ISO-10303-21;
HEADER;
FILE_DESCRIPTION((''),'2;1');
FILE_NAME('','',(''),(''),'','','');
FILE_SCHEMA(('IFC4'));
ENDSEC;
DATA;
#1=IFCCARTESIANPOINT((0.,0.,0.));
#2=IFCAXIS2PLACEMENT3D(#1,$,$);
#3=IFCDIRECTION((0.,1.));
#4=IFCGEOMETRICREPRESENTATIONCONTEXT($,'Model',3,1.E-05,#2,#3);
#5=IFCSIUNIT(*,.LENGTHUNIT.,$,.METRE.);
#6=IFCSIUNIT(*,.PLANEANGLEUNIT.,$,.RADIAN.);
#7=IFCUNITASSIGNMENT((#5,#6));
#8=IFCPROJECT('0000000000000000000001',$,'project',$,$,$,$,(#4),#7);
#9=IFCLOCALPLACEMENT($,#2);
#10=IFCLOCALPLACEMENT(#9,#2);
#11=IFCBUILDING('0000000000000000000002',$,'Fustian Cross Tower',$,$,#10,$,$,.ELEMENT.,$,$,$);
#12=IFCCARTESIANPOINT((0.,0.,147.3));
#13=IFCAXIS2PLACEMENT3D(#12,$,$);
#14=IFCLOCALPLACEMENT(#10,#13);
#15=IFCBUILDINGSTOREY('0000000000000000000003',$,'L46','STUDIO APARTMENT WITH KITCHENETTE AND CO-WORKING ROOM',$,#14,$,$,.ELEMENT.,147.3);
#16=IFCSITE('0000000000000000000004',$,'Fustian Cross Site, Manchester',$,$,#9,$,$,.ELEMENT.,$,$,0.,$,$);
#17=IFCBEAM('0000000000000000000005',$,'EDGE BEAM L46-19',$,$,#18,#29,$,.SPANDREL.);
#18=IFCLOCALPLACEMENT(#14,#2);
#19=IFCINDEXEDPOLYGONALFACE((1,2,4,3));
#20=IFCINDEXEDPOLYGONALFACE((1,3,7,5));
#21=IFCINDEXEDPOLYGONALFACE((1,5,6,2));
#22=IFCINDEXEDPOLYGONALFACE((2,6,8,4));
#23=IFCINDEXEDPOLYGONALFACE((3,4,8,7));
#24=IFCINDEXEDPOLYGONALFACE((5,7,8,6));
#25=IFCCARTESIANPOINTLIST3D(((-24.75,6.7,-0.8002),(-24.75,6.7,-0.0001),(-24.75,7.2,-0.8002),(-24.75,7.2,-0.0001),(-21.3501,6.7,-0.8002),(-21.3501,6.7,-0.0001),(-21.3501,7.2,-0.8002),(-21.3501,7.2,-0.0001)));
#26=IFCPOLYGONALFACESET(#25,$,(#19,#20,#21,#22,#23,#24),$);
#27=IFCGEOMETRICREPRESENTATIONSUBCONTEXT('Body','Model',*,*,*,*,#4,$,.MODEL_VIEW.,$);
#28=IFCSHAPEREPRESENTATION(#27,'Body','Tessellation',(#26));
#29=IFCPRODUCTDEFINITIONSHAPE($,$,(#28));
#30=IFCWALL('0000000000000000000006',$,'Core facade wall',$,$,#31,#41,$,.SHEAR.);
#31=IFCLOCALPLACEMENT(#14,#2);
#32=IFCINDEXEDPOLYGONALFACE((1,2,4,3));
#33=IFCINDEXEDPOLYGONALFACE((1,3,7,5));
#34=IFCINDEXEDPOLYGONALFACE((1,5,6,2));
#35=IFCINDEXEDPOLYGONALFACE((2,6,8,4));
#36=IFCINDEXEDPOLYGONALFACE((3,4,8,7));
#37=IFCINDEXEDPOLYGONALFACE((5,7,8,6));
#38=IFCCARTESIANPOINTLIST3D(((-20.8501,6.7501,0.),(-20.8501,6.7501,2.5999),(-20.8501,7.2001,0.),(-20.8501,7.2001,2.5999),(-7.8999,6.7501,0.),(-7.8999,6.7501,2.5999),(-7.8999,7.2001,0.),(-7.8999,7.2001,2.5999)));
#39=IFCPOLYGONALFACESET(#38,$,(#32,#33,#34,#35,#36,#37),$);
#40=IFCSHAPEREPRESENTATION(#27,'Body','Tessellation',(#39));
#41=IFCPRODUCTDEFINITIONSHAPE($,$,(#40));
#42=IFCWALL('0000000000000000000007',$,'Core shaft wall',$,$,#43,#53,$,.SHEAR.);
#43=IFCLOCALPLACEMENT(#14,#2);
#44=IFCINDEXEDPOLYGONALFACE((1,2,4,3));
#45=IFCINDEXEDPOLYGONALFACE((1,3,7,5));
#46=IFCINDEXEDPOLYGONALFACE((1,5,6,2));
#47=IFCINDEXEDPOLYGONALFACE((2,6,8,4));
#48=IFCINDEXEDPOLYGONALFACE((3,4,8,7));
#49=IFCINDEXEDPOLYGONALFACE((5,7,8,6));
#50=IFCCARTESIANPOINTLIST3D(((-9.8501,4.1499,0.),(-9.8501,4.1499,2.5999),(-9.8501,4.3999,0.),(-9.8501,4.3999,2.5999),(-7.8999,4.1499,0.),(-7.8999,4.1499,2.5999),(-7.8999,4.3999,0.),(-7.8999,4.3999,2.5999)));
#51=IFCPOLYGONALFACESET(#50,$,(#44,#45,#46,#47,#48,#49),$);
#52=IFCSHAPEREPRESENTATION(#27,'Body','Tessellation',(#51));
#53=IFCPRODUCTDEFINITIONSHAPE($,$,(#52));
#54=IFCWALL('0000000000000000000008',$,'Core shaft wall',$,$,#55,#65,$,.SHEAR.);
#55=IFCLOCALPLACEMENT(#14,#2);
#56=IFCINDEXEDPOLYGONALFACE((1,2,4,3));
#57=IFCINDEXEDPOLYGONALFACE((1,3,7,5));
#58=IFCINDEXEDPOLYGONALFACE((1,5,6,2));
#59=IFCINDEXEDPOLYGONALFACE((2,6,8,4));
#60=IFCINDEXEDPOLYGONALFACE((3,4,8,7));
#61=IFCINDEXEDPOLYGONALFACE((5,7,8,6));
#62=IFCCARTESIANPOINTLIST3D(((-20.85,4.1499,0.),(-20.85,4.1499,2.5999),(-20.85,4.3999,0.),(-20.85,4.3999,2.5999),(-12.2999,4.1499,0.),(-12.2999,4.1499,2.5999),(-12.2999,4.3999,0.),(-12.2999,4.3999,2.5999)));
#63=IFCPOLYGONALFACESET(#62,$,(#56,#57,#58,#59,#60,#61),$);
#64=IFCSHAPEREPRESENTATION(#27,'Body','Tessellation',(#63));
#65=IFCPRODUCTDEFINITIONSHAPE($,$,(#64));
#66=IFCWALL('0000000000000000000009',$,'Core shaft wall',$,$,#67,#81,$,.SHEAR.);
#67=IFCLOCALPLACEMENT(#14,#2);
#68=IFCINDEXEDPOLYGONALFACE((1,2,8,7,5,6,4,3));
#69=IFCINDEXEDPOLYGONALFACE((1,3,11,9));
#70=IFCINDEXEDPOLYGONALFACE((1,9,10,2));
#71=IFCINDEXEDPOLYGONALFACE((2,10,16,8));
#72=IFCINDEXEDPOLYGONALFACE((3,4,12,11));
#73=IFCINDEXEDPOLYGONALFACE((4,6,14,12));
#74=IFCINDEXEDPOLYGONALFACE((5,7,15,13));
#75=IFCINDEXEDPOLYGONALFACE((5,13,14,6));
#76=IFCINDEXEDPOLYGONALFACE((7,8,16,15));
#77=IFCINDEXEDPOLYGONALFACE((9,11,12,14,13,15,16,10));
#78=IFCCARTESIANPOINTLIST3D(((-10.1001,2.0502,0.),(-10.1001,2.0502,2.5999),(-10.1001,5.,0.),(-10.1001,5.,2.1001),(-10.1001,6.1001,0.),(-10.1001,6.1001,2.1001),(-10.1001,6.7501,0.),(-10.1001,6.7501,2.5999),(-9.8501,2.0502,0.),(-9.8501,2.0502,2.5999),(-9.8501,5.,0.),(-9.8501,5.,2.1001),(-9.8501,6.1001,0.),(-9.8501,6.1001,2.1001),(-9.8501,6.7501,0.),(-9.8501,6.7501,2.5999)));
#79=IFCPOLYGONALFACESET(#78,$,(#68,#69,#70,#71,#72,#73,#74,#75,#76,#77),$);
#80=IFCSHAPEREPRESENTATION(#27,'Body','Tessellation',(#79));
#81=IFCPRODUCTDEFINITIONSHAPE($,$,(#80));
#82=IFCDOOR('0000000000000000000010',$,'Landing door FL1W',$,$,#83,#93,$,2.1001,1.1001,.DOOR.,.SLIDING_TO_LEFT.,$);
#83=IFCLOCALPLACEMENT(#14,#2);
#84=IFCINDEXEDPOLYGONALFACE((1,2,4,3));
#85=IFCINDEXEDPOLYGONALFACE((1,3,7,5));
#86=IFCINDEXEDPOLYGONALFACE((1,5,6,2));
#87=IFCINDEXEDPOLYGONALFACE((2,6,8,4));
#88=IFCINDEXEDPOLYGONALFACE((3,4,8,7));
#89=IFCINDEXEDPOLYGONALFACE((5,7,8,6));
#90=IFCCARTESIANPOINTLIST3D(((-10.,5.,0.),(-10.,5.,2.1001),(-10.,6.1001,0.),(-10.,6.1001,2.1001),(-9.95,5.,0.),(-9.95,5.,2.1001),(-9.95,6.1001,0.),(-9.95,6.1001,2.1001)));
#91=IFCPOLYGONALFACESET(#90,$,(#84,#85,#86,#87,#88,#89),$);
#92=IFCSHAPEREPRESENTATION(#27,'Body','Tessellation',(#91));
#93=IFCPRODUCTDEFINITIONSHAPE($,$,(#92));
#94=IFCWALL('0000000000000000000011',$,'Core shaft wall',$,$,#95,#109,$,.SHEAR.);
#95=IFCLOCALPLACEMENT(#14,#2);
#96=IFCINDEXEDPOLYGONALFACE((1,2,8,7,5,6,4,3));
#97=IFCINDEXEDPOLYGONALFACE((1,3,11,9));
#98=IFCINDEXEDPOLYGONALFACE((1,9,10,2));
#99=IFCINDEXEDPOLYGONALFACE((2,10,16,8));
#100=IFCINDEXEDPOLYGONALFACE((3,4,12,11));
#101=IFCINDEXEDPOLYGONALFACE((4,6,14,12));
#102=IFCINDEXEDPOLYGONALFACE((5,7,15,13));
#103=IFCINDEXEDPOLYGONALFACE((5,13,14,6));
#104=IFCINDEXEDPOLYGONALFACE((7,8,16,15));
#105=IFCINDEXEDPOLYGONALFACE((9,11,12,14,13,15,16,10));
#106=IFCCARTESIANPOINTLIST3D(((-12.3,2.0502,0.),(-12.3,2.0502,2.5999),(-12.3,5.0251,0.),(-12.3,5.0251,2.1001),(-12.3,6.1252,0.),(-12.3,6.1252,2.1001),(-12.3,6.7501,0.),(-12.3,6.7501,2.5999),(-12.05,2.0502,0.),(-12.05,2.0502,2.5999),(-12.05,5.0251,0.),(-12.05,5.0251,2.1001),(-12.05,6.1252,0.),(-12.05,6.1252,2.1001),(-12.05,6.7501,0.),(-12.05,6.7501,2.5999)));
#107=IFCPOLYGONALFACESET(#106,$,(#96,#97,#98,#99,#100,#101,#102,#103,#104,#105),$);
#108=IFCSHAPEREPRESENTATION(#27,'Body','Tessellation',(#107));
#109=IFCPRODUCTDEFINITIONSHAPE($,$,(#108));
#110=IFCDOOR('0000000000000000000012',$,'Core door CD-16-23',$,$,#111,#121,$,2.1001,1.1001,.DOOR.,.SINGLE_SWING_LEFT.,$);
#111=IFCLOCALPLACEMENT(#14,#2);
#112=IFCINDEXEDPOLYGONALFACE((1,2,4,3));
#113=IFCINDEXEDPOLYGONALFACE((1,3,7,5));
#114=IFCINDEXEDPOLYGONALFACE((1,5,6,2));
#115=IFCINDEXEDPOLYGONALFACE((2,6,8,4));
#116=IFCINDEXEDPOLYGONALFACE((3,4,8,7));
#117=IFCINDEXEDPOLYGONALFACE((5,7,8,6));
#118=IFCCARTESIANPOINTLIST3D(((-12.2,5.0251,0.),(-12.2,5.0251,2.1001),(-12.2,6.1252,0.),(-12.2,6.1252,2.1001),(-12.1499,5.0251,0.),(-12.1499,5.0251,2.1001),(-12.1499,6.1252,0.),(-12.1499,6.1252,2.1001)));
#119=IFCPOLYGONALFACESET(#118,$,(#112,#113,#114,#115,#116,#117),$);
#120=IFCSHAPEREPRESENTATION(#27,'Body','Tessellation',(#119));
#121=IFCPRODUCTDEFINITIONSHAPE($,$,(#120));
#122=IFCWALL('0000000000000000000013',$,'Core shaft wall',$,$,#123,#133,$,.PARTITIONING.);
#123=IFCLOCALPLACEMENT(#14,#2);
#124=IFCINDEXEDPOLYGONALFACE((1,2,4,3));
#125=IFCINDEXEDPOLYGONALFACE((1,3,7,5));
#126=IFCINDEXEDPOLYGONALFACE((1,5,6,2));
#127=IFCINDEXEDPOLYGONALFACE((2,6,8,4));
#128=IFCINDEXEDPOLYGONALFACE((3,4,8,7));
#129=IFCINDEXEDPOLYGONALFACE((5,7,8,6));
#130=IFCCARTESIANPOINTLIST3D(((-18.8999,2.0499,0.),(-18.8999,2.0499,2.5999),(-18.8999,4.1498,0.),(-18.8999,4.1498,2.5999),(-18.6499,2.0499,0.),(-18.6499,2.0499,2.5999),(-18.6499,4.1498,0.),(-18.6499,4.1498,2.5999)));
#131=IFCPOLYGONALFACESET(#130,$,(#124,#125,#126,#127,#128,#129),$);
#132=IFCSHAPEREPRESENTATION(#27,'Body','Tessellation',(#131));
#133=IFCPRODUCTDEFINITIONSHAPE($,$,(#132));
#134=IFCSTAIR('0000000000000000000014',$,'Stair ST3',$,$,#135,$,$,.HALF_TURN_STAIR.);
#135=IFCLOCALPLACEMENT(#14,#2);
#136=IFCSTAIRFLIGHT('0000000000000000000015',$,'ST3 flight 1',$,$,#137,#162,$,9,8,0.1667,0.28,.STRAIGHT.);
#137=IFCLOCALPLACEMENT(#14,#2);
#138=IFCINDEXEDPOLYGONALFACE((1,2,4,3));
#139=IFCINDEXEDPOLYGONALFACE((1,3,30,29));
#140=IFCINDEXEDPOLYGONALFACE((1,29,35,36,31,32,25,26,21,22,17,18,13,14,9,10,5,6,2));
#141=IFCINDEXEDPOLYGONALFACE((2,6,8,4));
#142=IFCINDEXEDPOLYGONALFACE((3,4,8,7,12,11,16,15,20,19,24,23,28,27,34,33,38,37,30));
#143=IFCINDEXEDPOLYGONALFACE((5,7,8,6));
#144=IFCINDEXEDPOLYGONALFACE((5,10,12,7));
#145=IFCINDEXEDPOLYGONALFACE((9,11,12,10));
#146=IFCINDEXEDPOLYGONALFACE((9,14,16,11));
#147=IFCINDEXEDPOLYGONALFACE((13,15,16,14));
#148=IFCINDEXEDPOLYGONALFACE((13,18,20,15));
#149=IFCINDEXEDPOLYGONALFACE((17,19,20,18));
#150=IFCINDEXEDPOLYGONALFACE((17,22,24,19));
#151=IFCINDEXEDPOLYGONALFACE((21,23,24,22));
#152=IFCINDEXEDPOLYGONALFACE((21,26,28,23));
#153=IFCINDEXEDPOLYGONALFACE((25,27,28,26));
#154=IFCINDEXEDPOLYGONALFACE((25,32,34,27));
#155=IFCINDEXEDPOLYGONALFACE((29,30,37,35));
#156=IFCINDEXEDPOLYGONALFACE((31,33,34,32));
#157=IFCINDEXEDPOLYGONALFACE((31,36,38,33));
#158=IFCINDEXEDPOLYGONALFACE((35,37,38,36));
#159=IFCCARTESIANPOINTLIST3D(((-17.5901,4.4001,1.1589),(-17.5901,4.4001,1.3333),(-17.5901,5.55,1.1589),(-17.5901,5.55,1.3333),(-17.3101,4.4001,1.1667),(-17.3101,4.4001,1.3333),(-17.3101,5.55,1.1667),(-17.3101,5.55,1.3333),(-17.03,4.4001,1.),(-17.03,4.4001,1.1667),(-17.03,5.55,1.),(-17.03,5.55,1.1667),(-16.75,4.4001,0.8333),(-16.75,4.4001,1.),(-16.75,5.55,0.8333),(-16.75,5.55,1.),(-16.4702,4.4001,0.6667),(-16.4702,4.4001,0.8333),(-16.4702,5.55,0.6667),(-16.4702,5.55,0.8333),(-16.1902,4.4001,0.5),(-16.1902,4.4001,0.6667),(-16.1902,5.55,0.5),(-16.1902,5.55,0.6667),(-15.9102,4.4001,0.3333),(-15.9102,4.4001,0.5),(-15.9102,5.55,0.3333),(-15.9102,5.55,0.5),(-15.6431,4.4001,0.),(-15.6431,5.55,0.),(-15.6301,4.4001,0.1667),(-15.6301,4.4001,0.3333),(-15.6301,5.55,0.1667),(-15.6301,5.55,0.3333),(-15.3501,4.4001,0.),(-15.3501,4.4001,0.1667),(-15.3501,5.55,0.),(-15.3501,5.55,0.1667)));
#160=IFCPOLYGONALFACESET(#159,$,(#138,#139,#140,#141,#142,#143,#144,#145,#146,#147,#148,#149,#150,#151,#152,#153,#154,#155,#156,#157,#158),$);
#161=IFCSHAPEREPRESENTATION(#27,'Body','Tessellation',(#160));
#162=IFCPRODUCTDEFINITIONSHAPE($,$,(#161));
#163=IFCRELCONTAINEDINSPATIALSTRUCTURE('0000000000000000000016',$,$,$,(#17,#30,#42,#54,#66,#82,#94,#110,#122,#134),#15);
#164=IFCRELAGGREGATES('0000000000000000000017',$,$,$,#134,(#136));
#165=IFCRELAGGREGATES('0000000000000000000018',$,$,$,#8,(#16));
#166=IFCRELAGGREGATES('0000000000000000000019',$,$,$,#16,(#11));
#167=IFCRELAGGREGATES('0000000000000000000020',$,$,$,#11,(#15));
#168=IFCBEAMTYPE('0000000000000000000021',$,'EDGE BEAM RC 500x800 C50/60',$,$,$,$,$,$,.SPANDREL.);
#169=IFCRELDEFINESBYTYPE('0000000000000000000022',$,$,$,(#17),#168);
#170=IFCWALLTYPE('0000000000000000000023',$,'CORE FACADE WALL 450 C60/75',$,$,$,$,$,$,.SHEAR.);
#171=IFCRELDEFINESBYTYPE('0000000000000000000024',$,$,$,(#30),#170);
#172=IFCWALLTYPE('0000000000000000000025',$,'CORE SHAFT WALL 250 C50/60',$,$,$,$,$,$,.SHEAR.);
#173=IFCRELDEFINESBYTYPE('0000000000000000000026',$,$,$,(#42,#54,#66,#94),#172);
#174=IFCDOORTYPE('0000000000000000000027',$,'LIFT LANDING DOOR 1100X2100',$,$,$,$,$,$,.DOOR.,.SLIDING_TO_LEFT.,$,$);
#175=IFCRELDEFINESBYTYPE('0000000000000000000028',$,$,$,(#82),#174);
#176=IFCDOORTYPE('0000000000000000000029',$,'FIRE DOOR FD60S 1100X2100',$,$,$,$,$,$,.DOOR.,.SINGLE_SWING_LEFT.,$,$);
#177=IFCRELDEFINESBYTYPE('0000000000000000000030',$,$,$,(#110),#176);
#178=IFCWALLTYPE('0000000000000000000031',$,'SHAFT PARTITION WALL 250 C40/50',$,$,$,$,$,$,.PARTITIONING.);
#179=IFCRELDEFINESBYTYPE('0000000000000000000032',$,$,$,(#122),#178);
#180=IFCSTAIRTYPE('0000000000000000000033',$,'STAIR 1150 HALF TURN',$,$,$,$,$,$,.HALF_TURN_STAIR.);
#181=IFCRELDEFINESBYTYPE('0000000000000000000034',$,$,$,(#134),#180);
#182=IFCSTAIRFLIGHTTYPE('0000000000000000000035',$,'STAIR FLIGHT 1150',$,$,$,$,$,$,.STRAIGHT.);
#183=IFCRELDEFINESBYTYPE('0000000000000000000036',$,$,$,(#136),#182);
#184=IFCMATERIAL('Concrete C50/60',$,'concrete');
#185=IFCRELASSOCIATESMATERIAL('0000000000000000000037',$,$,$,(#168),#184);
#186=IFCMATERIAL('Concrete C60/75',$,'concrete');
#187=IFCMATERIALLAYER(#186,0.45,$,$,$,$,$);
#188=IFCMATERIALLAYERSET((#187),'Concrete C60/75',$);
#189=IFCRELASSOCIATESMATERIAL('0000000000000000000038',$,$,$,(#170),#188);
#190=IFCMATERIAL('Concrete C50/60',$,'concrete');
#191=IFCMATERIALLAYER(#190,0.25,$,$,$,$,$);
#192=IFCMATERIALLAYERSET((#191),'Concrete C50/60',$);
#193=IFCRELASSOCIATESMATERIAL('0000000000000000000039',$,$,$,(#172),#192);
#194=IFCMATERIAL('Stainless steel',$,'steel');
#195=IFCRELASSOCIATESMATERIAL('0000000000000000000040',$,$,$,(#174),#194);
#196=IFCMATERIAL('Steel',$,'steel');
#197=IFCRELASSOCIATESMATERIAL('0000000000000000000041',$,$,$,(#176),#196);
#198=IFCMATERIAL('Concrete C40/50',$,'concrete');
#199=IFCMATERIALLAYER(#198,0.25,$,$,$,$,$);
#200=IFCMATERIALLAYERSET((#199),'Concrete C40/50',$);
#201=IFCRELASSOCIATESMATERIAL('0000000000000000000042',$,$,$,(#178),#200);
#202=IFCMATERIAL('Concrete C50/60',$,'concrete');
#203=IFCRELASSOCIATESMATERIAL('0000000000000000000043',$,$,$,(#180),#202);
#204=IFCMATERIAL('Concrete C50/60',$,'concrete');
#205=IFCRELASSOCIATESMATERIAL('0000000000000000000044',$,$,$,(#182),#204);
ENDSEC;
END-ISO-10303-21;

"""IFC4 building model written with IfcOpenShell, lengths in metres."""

from ifc_helpers import new_model, si_unit, direction, frame, frame_2d, origin, origin_2d, place, context, subcontext, project, spatial, polyline, rectangle, outline, extrude, material, layer, layer_set, material_profile, profile_set, type_object, element, fill, aggregate, save


model = new_model("IFC4")

# Units and contexts
model_context = context("Model", 3, precision=1e-05, world=origin(), true_north=direction((0.0, 1.0)))
body_context = subcontext(model_context, "Body", "Model", "MODEL_VIEW")
ifc_project = project(units=[si_unit("LENGTHUNIT", "METRE"), si_unit("PLANEANGLEUNIT", "RADIAN")], contexts=[model_context])

# Site, building, storey
site_placement = place(None, origin())
site = spatial("IfcSite", under=ifc_project, at=site_placement, Name="Fustian Cross Site, Manchester", CompositionType="ELEMENT", RefElevation=0.0)
building_placement = place(site_placement, origin())
building = spatial("IfcBuilding", under=site, at=building_placement, Name="Fustian Cross Tower", CompositionType="ELEMENT")
storey_placement = place(building_placement, frame((0.0, 0.0, 147.3)))
storey = spatial("IfcBuildingStorey", under=building, at=storey_placement, Name="L46", Description="STUDIO APARTMENT WITH KITCHENETTE AND CO-WORKING ROOM", CompositionType="ELEMENT", Elevation=147.3)

# Beam
ifc_material_1 = material(Name="Concrete C50/60", Category="concrete")
ifc_material_profile = material_profile(ifc_material_1, rectangle(XDim=0.5, YDim=0.8, at=origin_2d()), Name="RC 500x800")
ifc_profile_set = profile_set([ifc_material_profile], Name="Concrete C50/60")
beam_type = type_object("IfcBeamType", Name="EDGE BEAM RC 500x800 C50/60", PredefinedType="SPANDREL", material=ifc_profile_set)
beam_placement = place(storey_placement, frame((-21.3501, 6.95, -0.4001), z_axis=(-1.0, 0.0, 0.0), x_axis=(0.0, -1.0, 0.0)))
element("IfcBeam", 1, at=beam_placement, inside=storey, type_object=beam_type, Name="EDGE BEAM L46-19", PredefinedType="SPANDREL", context=body_context, shape_type="SweptSolid", body=[
    extrude(rectangle(XDim=0.5, YDim=0.8, at=origin_2d()), origin(), (0.0, 0.0, 1.0), 3.3999),
])

# Walls
ifc_material_2 = material(Name="Concrete C60/75", Category="concrete")
ifc_layer_1 = layer(ifc_material_2, 0.45)
ifc_layer_set_1 = layer_set([ifc_layer_1], Name="Concrete C60/75")
wall_type_1 = type_object("IfcWallType", Name="CORE FACADE WALL 450 C60/75", PredefinedType="SHEAR", material=ifc_layer_set_1)
wall_1_placement = place(storey_placement, frame((-7.8999, 6.9751, 0.0), z_axis=(0.0, 0.0, 1.0), x_axis=(-1.0, 0.0, 0.0)))
element("IfcWall", 2, at=wall_1_placement, inside=storey, type_object=wall_type_1, Name="Core facade wall", PredefinedType="SHEAR", context=body_context, shape_type="SweptSolid", body=[
    extrude(rectangle(XDim=12.9502, YDim=0.45, at=frame_2d((6.4751, 0.0))), origin(), (0.0, 0.0, 1.0), 2.5999),
])
ifc_material_3 = material(Name="Concrete C50/60", Category="concrete")
ifc_layer_2 = layer(ifc_material_3, 0.25)
ifc_layer_set_2 = layer_set([ifc_layer_2], Name="Concrete C50/60")
wall_type_2 = type_object("IfcWallType", Name="CORE SHAFT WALL 250 C50/60", PredefinedType="SHEAR", material=ifc_layer_set_2)
wall_2_placement = place(storey_placement, frame((-7.8999, 4.2749, 0.0), z_axis=(0.0, 0.0, 1.0), x_axis=(-1.0, 0.0, 0.0)))
element("IfcWall", 3, at=wall_2_placement, inside=storey, type_object=wall_type_2, Name="Core shaft wall", PredefinedType="SHEAR", context=body_context, shape_type="SweptSolid", body=[
    extrude(rectangle(XDim=1.9502, YDim=0.25, at=frame_2d((0.9751, 0.0))), origin(), (0.0, 0.0, 1.0), 2.5999),
])
wall_3_placement = place(storey_placement, frame((-12.3, 4.2749, 0.0), z_axis=(0.0, 0.0, 1.0), x_axis=(-1.0, 0.0, 0.0)))
element("IfcWall", 4, at=wall_3_placement, inside=storey, type_object=wall_type_2, Name="Core shaft wall", PredefinedType="SHEAR", context=body_context, shape_type="SweptSolid", body=[
    extrude(rectangle(XDim=8.55, YDim=0.25, at=frame_2d((4.2749, 0.0))), origin(), (0.0, 0.0, 1.0), 2.5999),
])

# Walls, openings, doors
wall_4_placement = place(storey_placement, frame((-9.9751, 2.05, 0.0), z_axis=(0.0, 0.0, 1.0), x_axis=(0.0, 1.0, 0.0)))
wall_4 = element("IfcWall", 5, at=wall_4_placement, inside=storey, type_object=wall_type_2, Name="Core shaft wall", PredefinedType="SHEAR", context=body_context, shape_type="SweptSolid", body=[
    extrude(rectangle(XDim=4.7, YDim=0.25, at=frame_2d((2.3501, 0.0))), origin(), (0.0, 0.0, 1.0), 2.5999),
])
opening_1_placement = place(wall_4_placement, frame((2.95, 0.0, 0.0)))
opening_1 = element("IfcOpeningElement", 6, at=opening_1_placement, cuts=wall_4, PredefinedType="OPENING", context=body_context, shape_type="SweptSolid", body=[
    extrude(rectangle(XDim=1.1001, YDim=2.1001, at=frame_2d((0.55, 1.05))), frame((0.0, 0.135, 0.0), z_axis=(0.0, -1.0, 0.0), x_axis=(1.0, 0.0, 0.0)), (0.0, 0.0, 1.0), 0.27),
])
ifc_material_4 = material(Name="Stainless steel", Category="steel")
door_type_1 = type_object("IfcDoorType", Name="LIFT LANDING DOOR 1100X2100", OperationType="SLIDING_TO_LEFT", PredefinedType="DOOR", material=ifc_material_4)
door_1_placement = place(opening_1_placement, origin())
door_1 = element("IfcDoor", 7, at=door_1_placement, inside=storey, type_object=door_type_1, Name="Landing door FL1W", OperationType="SLIDING_TO_LEFT", OverallHeight=2.1001, OverallWidth=1.1001, PredefinedType="DOOR", context=body_context, shape_type="SweptSolid", body=[
    extrude(rectangle(XDim=1.1001, YDim=2.1001, at=frame_2d((0.55, 1.05))), frame((0.0, 0.0249, 0.0), z_axis=(0.0, -1.0, 0.0), x_axis=(1.0, 0.0, 0.0)), (0.0, 0.0, 1.0), 0.05),
])
fill(opening_1, door_1)
wall_5_placement = place(storey_placement, frame((-12.175, 2.05, 0.0), z_axis=(0.0, 0.0, 1.0), x_axis=(0.0, 1.0, 0.0)))
wall_5 = element("IfcWall", 8, at=wall_5_placement, inside=storey, type_object=wall_type_2, Name="Core shaft wall", PredefinedType="SHEAR", context=body_context, shape_type="SweptSolid", body=[
    extrude(rectangle(XDim=4.7, YDim=0.25, at=frame_2d((2.3501, 0.0))), origin(), (0.0, 0.0, 1.0), 2.5999),
])
opening_2_placement = place(wall_5_placement, frame((2.9751, 0.0, 0.0)))
opening_2 = element("IfcOpeningElement", 9, at=opening_2_placement, cuts=wall_5, PredefinedType="OPENING", context=body_context, shape_type="SweptSolid", body=[
    extrude(rectangle(XDim=1.1001, YDim=2.1001, at=frame_2d((0.55, 1.05))), frame((0.0, 0.135, 0.0), z_axis=(0.0, -1.0, 0.0), x_axis=(1.0, 0.0, 0.0)), (0.0, 0.0, 1.0), 0.27),
])
ifc_material_5 = material(Name="Steel", Category="steel")
door_type_2 = type_object("IfcDoorType", Name="FIRE DOOR FD60S 1100X2100", OperationType="SINGLE_SWING_LEFT", PredefinedType="DOOR", material=ifc_material_5)
door_2_placement = place(opening_2_placement, origin())
door_2 = element("IfcDoor", 10, at=door_2_placement, inside=storey, type_object=door_type_2, Name="Core door CD-16-23", OperationType="SINGLE_SWING_LEFT", OverallHeight=2.1001, OverallWidth=1.1001, PredefinedType="DOOR", context=body_context, shape_type="SweptSolid", body=[
    extrude(rectangle(XDim=1.1001, YDim=2.1001, at=frame_2d((0.55, 1.05))), frame((0.0, 0.0249, 0.0), z_axis=(0.0, -1.0, 0.0), x_axis=(1.0, 0.0, 0.0)), (0.0, 0.0, 1.0), 0.05),
])
fill(opening_2, door_2)

# Wall
ifc_material_6 = material(Name="Concrete C40/50", Category="concrete")
ifc_layer_3 = layer(ifc_material_6, 0.25)
ifc_layer_set_3 = layer_set([ifc_layer_3], Name="Concrete C40/50")
wall_type_3 = type_object("IfcWallType", Name="SHAFT PARTITION WALL 250 C40/50", PredefinedType="PARTITIONING", material=ifc_layer_set_3)
wall_6_placement = place(storey_placement, frame((-18.7749, 2.05, 0.0), z_axis=(0.0, 0.0, 1.0), x_axis=(0.0, 1.0, 0.0)))
element("IfcWall", 11, at=wall_6_placement, inside=storey, type_object=wall_type_3, Name="Core shaft wall", PredefinedType="PARTITIONING", context=body_context, shape_type="SweptSolid", body=[
    extrude(rectangle(XDim=2.0999, YDim=0.25, at=frame_2d((1.0498, 0.0))), origin(), (0.0, 0.0, 1.0), 2.5999),
])

# Stair, stair flight
ifc_material_7 = material(Name="Concrete C50/60", Category="concrete")
stair_type = type_object("IfcStairType", Name="STAIR 1150 HALF TURN", PredefinedType="HALF_TURN_STAIR", material=ifc_material_7)
stair_placement = place(storey_placement, origin())
stair = element("IfcStair", 12, at=stair_placement, inside=storey, type_object=stair_type, Name="Stair ST3", PredefinedType="HALF_TURN_STAIR")
ifc_material_8 = material(Name="Concrete C50/60", Category="concrete")
stair_flight_type = type_object("IfcStairFlightType", Name="STAIR FLIGHT 1150", PredefinedType="STRAIGHT", material=ifc_material_8)
stair_flight_1_placement = place(storey_placement, frame((-15.3501, 4.9751, 0.0), z_axis=(0.0, 0.0, 1.0), x_axis=(-1.0, 0.0, 0.0)))
stair_flight_1 = element("IfcStairFlight", 13, at=stair_flight_1_placement, type_object=stair_flight_type, Name="ST3 flight 1", NumberOfRisers=9, NumberOfTreads=8, PredefinedType="STRAIGHT", RiserHeight=0.1667, TreadLength=0.28, context=body_context, shape_type="SweptSolid", body=[
    extrude(outline(polyline([(0.0, 0.0), (0.0, 0.1667), (0.28, 0.1667), (0.28, 0.3333), (0.5601, 0.3333), (0.5601, 0.5), (0.8401, 0.5), (0.8401, 0.6667), (1.1201, 0.6667), (1.1201, 0.8333), (1.3999, 0.8333), (1.3999, 1.0), (1.6799, 1.0), (1.6799, 1.1667), (1.96, 1.1667), (1.96, 1.3333), (2.24, 1.3333), (2.24, 1.5), (2.24, 1.1589), (0.293, 0.0), (0.0, 0.0)])), frame((0.0, 0.575, 0.0), z_axis=(0.0, -1.0, 0.0), x_axis=(1.0, 0.0, 0.0)), (0.0, 0.0, 1.0), 1.1499),
])
aggregate(stair, [stair_flight_1])

save(model, "model.ifc")
